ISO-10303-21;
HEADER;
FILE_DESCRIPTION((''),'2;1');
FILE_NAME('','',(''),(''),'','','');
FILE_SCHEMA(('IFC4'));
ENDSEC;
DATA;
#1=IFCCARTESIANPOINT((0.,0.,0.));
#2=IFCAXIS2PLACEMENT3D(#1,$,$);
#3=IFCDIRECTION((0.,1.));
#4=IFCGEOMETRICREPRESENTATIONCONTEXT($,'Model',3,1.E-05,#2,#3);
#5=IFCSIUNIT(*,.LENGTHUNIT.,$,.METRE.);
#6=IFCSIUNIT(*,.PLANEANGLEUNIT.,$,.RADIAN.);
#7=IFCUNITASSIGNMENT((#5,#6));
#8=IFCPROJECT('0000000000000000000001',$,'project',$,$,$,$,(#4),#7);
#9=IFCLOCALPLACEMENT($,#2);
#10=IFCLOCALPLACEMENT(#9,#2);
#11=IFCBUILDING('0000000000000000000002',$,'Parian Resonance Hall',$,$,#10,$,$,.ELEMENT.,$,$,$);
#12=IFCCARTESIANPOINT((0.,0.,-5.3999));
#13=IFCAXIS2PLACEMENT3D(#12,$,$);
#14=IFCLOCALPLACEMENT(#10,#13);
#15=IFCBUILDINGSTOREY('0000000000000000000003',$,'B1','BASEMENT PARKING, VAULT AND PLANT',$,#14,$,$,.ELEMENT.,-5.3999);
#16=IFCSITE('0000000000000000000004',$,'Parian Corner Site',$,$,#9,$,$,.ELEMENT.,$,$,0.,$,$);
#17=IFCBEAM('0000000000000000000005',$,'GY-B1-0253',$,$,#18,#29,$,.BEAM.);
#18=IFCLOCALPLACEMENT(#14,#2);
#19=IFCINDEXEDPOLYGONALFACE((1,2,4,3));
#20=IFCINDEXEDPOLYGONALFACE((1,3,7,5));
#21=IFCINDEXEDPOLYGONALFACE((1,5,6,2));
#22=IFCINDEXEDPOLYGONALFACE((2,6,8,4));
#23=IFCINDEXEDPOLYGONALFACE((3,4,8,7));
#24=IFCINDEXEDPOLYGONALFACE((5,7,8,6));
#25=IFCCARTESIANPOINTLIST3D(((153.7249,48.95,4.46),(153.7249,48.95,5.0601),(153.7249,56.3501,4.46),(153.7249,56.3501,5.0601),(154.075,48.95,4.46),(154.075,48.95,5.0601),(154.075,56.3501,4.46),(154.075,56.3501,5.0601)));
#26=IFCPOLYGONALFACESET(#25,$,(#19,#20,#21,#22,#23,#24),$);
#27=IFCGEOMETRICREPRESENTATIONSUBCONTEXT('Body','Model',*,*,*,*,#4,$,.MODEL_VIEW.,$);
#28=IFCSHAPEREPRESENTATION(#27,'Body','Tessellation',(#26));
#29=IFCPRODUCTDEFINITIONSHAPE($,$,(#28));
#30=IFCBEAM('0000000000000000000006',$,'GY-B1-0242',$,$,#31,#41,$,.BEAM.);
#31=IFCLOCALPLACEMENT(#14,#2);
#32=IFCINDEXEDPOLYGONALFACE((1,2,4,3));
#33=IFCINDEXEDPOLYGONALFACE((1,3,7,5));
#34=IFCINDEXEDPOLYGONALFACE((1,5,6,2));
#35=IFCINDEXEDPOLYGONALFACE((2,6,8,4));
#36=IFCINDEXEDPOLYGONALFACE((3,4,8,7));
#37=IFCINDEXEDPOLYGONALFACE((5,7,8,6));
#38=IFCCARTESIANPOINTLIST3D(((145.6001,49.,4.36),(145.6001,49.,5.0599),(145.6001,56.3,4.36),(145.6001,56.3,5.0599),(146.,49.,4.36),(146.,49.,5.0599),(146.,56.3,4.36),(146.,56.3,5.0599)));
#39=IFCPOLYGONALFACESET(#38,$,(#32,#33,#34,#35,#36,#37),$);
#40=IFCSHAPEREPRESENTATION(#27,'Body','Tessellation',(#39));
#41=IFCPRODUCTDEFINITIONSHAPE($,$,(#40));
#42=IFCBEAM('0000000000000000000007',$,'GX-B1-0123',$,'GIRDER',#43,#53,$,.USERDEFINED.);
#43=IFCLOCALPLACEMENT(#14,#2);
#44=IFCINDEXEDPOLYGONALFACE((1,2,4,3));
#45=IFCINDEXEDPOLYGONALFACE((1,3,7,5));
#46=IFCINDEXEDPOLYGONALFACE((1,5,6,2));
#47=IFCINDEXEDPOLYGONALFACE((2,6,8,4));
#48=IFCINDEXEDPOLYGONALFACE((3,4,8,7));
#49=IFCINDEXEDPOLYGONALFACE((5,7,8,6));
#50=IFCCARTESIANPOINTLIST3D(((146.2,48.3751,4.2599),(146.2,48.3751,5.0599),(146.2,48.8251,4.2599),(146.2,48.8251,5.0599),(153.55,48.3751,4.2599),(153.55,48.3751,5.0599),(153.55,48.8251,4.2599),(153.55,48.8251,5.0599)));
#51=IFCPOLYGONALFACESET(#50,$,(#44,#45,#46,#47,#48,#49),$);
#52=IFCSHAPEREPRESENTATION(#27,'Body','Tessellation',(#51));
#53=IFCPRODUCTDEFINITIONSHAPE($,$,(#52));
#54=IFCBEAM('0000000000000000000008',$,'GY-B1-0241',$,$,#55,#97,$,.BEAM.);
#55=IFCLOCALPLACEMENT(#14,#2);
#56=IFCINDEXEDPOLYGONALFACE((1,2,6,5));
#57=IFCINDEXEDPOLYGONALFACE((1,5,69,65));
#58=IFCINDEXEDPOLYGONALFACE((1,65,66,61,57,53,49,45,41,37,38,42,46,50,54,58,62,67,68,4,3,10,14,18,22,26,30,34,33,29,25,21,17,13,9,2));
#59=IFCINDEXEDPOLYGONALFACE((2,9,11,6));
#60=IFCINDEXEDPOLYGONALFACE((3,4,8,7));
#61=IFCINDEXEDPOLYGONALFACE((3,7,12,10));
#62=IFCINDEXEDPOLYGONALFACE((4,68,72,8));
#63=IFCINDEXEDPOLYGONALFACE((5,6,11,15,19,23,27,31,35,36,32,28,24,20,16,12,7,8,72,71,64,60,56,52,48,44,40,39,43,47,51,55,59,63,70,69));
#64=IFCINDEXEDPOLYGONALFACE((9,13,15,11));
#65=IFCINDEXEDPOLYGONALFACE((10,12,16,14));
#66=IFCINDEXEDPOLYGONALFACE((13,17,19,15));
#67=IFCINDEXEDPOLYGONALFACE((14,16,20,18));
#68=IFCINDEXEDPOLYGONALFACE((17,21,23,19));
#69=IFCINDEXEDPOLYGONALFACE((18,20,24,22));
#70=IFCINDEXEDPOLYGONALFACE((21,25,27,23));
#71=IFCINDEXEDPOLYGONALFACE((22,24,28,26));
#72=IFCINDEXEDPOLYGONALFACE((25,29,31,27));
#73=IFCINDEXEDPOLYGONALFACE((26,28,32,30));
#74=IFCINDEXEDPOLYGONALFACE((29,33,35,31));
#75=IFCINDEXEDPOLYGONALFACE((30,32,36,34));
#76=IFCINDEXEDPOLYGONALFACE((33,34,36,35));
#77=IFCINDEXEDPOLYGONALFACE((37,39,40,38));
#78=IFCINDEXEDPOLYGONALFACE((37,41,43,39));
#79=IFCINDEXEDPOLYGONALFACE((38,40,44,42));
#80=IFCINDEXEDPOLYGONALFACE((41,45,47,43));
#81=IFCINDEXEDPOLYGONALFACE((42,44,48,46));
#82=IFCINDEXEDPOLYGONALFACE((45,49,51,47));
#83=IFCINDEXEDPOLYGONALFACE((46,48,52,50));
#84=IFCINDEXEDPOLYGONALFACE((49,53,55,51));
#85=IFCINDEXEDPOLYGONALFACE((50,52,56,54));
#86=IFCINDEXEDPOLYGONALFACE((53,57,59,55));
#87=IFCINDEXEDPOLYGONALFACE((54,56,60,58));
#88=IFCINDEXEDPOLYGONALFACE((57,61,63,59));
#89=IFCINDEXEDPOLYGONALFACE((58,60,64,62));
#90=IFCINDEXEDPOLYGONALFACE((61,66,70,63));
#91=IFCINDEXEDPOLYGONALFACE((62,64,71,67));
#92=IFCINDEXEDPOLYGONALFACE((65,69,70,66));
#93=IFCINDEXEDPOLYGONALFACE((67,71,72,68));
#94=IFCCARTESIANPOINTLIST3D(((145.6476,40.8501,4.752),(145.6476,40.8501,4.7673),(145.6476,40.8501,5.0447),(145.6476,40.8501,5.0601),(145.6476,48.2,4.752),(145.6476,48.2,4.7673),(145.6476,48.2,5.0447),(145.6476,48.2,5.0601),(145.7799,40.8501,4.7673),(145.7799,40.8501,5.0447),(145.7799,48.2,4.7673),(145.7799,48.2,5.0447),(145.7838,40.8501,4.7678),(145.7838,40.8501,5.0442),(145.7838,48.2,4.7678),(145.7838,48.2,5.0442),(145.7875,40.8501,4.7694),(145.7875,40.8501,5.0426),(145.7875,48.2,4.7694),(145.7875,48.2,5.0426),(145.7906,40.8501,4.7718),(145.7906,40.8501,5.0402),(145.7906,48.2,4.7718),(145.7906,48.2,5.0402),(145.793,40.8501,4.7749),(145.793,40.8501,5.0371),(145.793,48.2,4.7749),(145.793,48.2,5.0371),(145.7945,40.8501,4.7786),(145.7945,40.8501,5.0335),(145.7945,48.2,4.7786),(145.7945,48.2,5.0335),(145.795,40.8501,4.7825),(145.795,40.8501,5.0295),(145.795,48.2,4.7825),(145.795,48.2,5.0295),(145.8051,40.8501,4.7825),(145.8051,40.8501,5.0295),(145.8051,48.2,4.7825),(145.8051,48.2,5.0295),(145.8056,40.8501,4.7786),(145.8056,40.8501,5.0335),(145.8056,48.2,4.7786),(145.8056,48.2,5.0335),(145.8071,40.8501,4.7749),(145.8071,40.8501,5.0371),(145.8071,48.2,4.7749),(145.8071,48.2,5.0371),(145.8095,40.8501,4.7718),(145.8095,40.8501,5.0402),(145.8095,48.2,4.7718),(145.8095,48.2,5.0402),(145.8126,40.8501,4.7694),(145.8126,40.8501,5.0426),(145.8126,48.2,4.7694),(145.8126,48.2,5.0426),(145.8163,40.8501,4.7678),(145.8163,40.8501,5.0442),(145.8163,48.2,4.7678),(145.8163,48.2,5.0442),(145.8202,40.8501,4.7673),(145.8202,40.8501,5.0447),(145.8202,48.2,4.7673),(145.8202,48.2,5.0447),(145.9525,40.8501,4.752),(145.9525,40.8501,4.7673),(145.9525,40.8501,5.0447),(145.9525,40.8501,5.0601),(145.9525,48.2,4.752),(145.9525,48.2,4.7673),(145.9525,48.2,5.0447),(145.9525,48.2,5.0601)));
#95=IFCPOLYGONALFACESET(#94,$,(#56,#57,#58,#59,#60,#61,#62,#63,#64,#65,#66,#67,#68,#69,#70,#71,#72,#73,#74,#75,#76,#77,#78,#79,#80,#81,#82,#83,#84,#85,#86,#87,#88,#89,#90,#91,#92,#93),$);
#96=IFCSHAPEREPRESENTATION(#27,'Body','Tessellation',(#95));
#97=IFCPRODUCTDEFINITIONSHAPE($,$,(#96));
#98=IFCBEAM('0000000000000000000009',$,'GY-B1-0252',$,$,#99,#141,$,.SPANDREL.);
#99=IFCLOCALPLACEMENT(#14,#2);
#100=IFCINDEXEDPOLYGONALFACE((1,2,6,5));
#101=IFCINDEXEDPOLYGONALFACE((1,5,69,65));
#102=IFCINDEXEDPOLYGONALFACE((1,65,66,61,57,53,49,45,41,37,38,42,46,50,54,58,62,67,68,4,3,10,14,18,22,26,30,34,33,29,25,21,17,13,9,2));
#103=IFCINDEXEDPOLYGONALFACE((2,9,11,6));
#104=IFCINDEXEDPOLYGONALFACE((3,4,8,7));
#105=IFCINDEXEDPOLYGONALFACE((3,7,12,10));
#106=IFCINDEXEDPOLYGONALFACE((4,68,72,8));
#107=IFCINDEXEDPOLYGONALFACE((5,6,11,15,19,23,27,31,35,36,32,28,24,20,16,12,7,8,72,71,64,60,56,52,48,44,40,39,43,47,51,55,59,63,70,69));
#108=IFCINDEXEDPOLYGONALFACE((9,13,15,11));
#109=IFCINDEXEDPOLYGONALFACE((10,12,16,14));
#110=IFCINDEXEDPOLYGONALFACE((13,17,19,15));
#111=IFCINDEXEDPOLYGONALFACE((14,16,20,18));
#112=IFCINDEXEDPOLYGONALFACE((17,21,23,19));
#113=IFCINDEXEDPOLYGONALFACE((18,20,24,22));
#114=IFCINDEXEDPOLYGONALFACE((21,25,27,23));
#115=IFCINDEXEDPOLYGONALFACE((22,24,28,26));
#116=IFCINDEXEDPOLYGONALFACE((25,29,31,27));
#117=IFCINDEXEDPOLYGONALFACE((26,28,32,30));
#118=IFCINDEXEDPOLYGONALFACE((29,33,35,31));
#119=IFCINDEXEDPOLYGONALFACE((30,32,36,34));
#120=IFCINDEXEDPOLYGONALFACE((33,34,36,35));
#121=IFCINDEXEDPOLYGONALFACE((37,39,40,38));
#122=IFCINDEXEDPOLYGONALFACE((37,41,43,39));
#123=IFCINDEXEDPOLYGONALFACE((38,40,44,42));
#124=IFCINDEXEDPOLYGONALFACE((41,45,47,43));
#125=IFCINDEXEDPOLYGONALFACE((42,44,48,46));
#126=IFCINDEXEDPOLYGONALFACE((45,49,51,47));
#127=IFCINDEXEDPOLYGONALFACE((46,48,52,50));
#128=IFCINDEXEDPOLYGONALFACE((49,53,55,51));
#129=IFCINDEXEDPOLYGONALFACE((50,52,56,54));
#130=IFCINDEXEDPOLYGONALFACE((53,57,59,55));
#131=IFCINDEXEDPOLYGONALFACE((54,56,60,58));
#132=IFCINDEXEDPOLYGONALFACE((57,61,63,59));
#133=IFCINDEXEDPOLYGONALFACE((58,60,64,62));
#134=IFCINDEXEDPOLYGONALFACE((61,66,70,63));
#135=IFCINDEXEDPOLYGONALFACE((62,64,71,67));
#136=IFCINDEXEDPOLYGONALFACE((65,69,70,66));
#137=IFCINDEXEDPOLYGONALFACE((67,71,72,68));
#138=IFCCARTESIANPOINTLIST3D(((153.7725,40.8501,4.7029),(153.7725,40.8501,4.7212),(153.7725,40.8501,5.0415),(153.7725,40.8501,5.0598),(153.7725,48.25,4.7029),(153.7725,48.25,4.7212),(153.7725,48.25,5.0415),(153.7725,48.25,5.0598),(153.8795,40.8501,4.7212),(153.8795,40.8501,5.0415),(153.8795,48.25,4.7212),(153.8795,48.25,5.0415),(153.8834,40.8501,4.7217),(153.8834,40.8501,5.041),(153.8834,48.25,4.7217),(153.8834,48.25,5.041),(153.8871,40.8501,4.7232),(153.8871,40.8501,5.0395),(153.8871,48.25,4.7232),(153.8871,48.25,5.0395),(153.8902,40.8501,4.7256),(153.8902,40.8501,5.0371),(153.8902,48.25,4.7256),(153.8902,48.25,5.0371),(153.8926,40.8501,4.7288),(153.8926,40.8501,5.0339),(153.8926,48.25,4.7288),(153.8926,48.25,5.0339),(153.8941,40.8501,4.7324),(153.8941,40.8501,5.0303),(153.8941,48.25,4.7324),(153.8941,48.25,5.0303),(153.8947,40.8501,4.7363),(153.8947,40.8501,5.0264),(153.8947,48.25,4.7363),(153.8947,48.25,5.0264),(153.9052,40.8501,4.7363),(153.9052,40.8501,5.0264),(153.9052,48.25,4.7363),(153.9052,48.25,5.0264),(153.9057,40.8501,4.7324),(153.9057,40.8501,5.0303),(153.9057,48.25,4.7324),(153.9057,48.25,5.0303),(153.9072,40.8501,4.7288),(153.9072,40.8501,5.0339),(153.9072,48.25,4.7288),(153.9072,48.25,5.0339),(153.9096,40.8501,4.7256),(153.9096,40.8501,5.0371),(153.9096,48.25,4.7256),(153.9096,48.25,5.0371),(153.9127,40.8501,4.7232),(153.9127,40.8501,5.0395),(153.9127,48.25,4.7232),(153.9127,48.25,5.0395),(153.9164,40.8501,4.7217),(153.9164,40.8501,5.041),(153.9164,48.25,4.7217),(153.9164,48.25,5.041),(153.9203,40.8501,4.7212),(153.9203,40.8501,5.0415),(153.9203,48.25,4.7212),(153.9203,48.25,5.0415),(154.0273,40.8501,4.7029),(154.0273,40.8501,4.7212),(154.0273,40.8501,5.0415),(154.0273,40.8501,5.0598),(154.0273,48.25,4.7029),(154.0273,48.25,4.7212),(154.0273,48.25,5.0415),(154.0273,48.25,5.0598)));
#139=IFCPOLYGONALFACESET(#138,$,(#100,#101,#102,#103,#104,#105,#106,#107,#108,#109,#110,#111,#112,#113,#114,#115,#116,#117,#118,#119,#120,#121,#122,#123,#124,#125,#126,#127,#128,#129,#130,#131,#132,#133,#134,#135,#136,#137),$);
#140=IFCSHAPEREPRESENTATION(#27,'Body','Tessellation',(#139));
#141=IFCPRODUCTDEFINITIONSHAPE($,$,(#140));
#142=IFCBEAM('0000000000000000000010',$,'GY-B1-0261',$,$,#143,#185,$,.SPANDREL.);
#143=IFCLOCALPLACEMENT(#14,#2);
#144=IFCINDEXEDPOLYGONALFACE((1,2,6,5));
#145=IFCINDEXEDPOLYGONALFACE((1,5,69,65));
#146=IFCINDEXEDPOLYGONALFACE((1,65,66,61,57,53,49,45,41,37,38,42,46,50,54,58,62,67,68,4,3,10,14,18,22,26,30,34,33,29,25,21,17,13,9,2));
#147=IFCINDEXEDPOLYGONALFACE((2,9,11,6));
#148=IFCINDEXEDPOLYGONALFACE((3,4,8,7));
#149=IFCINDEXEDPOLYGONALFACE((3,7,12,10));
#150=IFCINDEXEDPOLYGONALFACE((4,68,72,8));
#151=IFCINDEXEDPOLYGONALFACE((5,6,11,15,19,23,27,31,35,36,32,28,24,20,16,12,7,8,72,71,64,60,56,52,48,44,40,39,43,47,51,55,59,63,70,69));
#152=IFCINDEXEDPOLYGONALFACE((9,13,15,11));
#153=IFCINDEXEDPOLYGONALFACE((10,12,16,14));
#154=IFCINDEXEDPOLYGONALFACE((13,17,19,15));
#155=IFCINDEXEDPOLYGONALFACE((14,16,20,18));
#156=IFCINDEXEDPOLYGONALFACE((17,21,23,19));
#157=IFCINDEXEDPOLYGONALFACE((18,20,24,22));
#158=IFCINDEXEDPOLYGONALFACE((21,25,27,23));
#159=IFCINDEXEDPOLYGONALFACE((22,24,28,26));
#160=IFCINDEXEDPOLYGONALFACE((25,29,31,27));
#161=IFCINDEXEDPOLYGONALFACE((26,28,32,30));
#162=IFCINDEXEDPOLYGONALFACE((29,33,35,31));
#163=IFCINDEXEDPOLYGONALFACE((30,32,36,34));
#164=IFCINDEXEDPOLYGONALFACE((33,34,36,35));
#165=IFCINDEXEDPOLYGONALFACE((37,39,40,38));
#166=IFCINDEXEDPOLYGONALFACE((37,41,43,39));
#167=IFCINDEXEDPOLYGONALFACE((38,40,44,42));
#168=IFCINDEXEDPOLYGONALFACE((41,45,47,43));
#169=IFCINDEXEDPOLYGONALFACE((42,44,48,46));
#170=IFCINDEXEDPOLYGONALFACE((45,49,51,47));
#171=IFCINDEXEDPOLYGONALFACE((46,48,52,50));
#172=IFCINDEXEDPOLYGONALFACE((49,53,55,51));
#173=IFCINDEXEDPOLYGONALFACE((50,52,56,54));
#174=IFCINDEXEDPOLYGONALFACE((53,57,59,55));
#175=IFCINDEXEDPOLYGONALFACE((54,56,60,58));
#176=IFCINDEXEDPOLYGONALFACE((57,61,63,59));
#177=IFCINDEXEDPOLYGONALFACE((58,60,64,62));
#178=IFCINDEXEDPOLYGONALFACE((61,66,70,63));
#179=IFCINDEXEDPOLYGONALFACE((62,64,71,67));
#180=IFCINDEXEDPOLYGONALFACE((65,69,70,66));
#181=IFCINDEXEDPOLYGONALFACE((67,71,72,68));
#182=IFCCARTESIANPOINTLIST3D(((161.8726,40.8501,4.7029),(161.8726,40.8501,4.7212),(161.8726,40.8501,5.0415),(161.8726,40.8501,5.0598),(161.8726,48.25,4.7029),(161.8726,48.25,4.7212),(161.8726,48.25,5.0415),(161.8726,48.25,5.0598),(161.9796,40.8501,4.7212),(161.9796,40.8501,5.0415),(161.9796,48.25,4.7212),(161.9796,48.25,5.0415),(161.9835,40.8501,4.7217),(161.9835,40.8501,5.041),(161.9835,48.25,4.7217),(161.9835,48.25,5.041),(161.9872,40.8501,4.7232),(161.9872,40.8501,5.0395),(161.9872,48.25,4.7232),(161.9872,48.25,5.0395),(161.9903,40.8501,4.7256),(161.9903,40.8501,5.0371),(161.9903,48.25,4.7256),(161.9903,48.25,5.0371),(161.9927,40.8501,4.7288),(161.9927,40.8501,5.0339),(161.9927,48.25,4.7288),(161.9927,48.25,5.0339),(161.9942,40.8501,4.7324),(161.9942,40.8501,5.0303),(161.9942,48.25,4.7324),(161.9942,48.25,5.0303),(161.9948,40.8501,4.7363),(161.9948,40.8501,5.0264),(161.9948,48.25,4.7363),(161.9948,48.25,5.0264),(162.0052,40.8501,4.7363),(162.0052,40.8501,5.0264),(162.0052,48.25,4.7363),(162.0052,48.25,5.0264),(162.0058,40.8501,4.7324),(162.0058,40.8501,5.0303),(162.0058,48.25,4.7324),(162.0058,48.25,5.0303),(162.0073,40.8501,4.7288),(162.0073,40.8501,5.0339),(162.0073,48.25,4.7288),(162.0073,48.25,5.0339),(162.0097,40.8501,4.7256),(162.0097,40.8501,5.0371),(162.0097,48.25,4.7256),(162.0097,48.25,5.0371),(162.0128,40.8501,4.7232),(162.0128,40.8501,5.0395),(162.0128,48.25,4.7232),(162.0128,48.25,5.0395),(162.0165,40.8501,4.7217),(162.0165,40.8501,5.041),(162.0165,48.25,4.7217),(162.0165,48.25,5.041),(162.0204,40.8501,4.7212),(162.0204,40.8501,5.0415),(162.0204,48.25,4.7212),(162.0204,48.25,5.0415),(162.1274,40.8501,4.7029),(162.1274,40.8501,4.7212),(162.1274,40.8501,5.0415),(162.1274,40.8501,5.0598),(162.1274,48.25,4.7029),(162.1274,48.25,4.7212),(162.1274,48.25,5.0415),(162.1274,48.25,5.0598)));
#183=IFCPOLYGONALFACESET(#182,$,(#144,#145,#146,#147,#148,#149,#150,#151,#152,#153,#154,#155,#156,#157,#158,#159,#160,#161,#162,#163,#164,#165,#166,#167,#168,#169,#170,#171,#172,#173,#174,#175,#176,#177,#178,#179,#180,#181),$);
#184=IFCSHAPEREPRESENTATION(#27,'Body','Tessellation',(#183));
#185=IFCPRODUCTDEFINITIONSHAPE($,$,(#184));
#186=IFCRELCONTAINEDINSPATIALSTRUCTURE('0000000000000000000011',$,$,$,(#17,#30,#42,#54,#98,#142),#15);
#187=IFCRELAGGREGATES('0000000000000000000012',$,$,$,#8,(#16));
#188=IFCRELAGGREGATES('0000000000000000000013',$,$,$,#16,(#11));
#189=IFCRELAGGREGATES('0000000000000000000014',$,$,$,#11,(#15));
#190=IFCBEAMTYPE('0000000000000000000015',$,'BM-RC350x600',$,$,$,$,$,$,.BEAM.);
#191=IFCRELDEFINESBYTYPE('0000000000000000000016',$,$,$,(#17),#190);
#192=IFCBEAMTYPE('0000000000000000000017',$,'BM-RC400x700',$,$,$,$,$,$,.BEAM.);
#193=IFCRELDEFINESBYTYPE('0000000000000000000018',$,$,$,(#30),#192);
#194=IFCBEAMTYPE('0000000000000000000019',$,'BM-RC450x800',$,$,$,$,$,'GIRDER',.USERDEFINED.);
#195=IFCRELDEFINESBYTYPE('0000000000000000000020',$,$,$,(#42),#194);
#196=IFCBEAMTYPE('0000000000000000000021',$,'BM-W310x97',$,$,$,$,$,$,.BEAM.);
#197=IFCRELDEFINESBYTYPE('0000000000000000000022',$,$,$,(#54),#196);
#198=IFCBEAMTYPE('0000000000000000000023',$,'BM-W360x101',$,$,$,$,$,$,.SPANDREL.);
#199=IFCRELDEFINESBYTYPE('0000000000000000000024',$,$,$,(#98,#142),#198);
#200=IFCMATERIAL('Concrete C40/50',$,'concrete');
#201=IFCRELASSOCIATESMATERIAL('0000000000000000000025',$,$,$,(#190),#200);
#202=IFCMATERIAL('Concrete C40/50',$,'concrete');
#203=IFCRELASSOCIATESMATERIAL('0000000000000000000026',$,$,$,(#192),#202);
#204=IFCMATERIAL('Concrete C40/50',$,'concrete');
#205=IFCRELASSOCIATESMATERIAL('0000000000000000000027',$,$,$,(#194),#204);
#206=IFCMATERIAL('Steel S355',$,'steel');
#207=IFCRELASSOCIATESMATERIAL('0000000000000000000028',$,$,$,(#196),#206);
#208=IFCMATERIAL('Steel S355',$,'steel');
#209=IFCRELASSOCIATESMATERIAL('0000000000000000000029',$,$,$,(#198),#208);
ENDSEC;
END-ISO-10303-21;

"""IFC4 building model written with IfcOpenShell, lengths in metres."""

from ifc_helpers import new_model, si_unit, direction, frame, origin, origin_2d, place, context, subcontext, project, spatial, rectangle, i_section, extrude, material, material_profile, profile_set, type_object, element, save


model = new_model("IFC4")

# Units and contexts
model_context = context("Model", 3, precision=1e-05, world=origin(), true_north=direction((0.0, 1.0)))
body_context = subcontext(model_context, "Body", "Model", "MODEL_VIEW")
ifc_project = project(units=[si_unit("LENGTHUNIT", "METRE"), si_unit("PLANEANGLEUNIT", "RADIAN")], contexts=[model_context])

# Site, building, storey
site_placement = place(None, origin())
site = spatial("IfcSite", under=ifc_project, at=site_placement, Name="Parian Corner Site", CompositionType="ELEMENT", RefElevation=0.0)
building_placement = place(site_placement, origin())
building = spatial("IfcBuilding", under=site, at=building_placement, Name="Parian Resonance Hall", CompositionType="ELEMENT")
storey_placement = place(building_placement, frame((0.0, 0.0, -5.3999)))
storey = spatial("IfcBuildingStorey", under=building, at=storey_placement, Name="B1", Description="BASEMENT PARKING, VAULT AND PLANT", CompositionType="ELEMENT", Elevation=-5.3999)

# Beams
ifc_material_1 = material(Name="Concrete C40/50", Category="concrete")
ifc_material_profile_1 = material_profile(ifc_material_1, rectangle(XDim=0.3501, YDim=0.6001, at=origin_2d()), Name="RC-BM-350x600")
ifc_profile_set_1 = profile_set([ifc_material_profile_1], Name="Concrete C40/50")
beam_type_1 = type_object("IfcBeamType", Name="BM-RC350x600", PredefinedType="BEAM", material=ifc_profile_set_1)
beam_1_placement = place(storey_placement, frame((153.8999, 48.95, 4.76), z_axis=(0.0, 1.0, 0.0), x_axis=(-1.0, 0.0, 0.0)))
element("IfcBeam", 1, at=beam_1_placement, inside=storey, type_object=beam_type_1, Name="GY-B1-0253", PredefinedType="BEAM", context=body_context, shape_type="SweptSolid", body=[
    extrude(rectangle(XDim=0.3501, YDim=0.6001, at=origin_2d()), origin(), (0.0, 0.0, 1.0), 7.4001),
])
ifc_material_2 = material(Name="Concrete C40/50", Category="concrete")
ifc_material_profile_2 = material_profile(ifc_material_2, rectangle(XDim=0.3999, YDim=0.7, at=origin_2d()), Name="RC-BM-400x700")
ifc_profile_set_2 = profile_set([ifc_material_profile_2], Name="Concrete C40/50")
beam_type_2 = type_object("IfcBeamType", Name="BM-RC400x700", PredefinedType="BEAM", material=ifc_profile_set_2)
beam_2_placement = place(storey_placement, frame((145.8, 49.0, 4.71), z_axis=(0.0, 1.0, 0.0), x_axis=(-1.0, 0.0, 0.0)))
element("IfcBeam", 2, at=beam_2_placement, inside=storey, type_object=beam_type_2, Name="GY-B1-0242", PredefinedType="BEAM", context=body_context, shape_type="SweptSolid", body=[
    extrude(rectangle(XDim=0.3999, YDim=0.7, at=origin_2d()), origin(), (0.0, 0.0, 1.0), 7.3),
])
ifc_material_3 = material(Name="Concrete C40/50", Category="concrete")
ifc_material_profile_3 = material_profile(ifc_material_3, rectangle(XDim=0.45, YDim=0.8, at=origin_2d()), Name="RC-BM-450x800")
ifc_profile_set_3 = profile_set([ifc_material_profile_3], Name="Concrete C40/50")
beam_type_3 = type_object("IfcBeamType", Name="BM-RC450x800", ElementType="GIRDER", PredefinedType="USERDEFINED", material=ifc_profile_set_3)
beam_3_placement = place(storey_placement, frame((146.2, 48.6001, 4.6599), z_axis=(1.0, 0.0, 0.0), x_axis=(0.0, 1.0, 0.0)))
element("IfcBeam", 3, at=beam_3_placement, inside=storey, type_object=beam_type_3, Name="GX-B1-0123", ObjectType="GIRDER", PredefinedType="USERDEFINED", context=body_context, shape_type="SweptSolid", body=[
    extrude(rectangle(XDim=0.45, YDim=0.8, at=origin_2d()), origin(), (0.0, 0.0, 1.0), 7.3501),
])
ifc_material_4 = material(Name="Steel S355", Category="steel")
ifc_material_profile_4 = material_profile(ifc_material_4, i_section(OverallWidth=0.3049, OverallDepth=0.3081, WebThickness=0.01, FlangeThickness=0.0154, FilletRadius=0.0151, at=origin_2d()), Name="W310x97")
ifc_profile_set_4 = profile_set([ifc_material_profile_4], Name="Steel S355")
beam_type_4 = type_object("IfcBeamType", Name="BM-W310x97", PredefinedType="BEAM", material=ifc_profile_set_4)
beam_4_placement = place(storey_placement, frame((145.8, 40.8501, 4.906), z_axis=(0.0, 1.0, 0.0), x_axis=(-1.0, 0.0, 0.0)))
element("IfcBeam", 4, at=beam_4_placement, inside=storey, type_object=beam_type_4, Name="GY-B1-0241", PredefinedType="BEAM", context=body_context, shape_type="SweptSolid", body=[
    extrude(i_section(OverallWidth=0.3049, OverallDepth=0.3081, WebThickness=0.01, FlangeThickness=0.0154, FilletRadius=0.0151, at=origin_2d()), origin(), (0.0, 0.0, 1.0), 7.3499),
])
ifc_material_5 = material(Name="Steel S355", Category="steel")
ifc_material_profile_5 = material_profile(ifc_material_5, i_section(OverallWidth=0.2549, OverallDepth=0.3569, WebThickness=0.0105, FlangeThickness=0.0183, FilletRadius=0.0151, at=origin_2d()), Name="W360x101")
ifc_profile_set_5 = profile_set([ifc_material_profile_5], Name="Steel S355")
beam_type_5 = type_object("IfcBeamType", Name="BM-W360x101", PredefinedType="SPANDREL", material=ifc_profile_set_5)
for number, where, z_axis, x_axis, name in (
    (5, (153.8999, 40.8501, 4.8813), (0.0, 1.0, 0.0), (-1.0, 0.0, 0.0), "GY-B1-0252"),
    (6, (162.0, 40.8501, 4.8813), (0.0, 1.0, 0.0), (-1.0, 0.0, 0.0), "GY-B1-0261"),
):
    element("IfcBeam", number, at=place(storey_placement, frame(where, z_axis=z_axis, x_axis=x_axis)), inside=storey, type_object=beam_type_5, Name=name, PredefinedType="SPANDREL", context=body_context, shape_type="SweptSolid", body=[
        extrude(i_section(OverallWidth=0.2549, OverallDepth=0.3569, WebThickness=0.0105, FlangeThickness=0.0183, FilletRadius=0.0151, at=origin_2d()), origin(), (0.0, 0.0, 1.0), 7.3999),
    ])

save(model, "model.ifc")
